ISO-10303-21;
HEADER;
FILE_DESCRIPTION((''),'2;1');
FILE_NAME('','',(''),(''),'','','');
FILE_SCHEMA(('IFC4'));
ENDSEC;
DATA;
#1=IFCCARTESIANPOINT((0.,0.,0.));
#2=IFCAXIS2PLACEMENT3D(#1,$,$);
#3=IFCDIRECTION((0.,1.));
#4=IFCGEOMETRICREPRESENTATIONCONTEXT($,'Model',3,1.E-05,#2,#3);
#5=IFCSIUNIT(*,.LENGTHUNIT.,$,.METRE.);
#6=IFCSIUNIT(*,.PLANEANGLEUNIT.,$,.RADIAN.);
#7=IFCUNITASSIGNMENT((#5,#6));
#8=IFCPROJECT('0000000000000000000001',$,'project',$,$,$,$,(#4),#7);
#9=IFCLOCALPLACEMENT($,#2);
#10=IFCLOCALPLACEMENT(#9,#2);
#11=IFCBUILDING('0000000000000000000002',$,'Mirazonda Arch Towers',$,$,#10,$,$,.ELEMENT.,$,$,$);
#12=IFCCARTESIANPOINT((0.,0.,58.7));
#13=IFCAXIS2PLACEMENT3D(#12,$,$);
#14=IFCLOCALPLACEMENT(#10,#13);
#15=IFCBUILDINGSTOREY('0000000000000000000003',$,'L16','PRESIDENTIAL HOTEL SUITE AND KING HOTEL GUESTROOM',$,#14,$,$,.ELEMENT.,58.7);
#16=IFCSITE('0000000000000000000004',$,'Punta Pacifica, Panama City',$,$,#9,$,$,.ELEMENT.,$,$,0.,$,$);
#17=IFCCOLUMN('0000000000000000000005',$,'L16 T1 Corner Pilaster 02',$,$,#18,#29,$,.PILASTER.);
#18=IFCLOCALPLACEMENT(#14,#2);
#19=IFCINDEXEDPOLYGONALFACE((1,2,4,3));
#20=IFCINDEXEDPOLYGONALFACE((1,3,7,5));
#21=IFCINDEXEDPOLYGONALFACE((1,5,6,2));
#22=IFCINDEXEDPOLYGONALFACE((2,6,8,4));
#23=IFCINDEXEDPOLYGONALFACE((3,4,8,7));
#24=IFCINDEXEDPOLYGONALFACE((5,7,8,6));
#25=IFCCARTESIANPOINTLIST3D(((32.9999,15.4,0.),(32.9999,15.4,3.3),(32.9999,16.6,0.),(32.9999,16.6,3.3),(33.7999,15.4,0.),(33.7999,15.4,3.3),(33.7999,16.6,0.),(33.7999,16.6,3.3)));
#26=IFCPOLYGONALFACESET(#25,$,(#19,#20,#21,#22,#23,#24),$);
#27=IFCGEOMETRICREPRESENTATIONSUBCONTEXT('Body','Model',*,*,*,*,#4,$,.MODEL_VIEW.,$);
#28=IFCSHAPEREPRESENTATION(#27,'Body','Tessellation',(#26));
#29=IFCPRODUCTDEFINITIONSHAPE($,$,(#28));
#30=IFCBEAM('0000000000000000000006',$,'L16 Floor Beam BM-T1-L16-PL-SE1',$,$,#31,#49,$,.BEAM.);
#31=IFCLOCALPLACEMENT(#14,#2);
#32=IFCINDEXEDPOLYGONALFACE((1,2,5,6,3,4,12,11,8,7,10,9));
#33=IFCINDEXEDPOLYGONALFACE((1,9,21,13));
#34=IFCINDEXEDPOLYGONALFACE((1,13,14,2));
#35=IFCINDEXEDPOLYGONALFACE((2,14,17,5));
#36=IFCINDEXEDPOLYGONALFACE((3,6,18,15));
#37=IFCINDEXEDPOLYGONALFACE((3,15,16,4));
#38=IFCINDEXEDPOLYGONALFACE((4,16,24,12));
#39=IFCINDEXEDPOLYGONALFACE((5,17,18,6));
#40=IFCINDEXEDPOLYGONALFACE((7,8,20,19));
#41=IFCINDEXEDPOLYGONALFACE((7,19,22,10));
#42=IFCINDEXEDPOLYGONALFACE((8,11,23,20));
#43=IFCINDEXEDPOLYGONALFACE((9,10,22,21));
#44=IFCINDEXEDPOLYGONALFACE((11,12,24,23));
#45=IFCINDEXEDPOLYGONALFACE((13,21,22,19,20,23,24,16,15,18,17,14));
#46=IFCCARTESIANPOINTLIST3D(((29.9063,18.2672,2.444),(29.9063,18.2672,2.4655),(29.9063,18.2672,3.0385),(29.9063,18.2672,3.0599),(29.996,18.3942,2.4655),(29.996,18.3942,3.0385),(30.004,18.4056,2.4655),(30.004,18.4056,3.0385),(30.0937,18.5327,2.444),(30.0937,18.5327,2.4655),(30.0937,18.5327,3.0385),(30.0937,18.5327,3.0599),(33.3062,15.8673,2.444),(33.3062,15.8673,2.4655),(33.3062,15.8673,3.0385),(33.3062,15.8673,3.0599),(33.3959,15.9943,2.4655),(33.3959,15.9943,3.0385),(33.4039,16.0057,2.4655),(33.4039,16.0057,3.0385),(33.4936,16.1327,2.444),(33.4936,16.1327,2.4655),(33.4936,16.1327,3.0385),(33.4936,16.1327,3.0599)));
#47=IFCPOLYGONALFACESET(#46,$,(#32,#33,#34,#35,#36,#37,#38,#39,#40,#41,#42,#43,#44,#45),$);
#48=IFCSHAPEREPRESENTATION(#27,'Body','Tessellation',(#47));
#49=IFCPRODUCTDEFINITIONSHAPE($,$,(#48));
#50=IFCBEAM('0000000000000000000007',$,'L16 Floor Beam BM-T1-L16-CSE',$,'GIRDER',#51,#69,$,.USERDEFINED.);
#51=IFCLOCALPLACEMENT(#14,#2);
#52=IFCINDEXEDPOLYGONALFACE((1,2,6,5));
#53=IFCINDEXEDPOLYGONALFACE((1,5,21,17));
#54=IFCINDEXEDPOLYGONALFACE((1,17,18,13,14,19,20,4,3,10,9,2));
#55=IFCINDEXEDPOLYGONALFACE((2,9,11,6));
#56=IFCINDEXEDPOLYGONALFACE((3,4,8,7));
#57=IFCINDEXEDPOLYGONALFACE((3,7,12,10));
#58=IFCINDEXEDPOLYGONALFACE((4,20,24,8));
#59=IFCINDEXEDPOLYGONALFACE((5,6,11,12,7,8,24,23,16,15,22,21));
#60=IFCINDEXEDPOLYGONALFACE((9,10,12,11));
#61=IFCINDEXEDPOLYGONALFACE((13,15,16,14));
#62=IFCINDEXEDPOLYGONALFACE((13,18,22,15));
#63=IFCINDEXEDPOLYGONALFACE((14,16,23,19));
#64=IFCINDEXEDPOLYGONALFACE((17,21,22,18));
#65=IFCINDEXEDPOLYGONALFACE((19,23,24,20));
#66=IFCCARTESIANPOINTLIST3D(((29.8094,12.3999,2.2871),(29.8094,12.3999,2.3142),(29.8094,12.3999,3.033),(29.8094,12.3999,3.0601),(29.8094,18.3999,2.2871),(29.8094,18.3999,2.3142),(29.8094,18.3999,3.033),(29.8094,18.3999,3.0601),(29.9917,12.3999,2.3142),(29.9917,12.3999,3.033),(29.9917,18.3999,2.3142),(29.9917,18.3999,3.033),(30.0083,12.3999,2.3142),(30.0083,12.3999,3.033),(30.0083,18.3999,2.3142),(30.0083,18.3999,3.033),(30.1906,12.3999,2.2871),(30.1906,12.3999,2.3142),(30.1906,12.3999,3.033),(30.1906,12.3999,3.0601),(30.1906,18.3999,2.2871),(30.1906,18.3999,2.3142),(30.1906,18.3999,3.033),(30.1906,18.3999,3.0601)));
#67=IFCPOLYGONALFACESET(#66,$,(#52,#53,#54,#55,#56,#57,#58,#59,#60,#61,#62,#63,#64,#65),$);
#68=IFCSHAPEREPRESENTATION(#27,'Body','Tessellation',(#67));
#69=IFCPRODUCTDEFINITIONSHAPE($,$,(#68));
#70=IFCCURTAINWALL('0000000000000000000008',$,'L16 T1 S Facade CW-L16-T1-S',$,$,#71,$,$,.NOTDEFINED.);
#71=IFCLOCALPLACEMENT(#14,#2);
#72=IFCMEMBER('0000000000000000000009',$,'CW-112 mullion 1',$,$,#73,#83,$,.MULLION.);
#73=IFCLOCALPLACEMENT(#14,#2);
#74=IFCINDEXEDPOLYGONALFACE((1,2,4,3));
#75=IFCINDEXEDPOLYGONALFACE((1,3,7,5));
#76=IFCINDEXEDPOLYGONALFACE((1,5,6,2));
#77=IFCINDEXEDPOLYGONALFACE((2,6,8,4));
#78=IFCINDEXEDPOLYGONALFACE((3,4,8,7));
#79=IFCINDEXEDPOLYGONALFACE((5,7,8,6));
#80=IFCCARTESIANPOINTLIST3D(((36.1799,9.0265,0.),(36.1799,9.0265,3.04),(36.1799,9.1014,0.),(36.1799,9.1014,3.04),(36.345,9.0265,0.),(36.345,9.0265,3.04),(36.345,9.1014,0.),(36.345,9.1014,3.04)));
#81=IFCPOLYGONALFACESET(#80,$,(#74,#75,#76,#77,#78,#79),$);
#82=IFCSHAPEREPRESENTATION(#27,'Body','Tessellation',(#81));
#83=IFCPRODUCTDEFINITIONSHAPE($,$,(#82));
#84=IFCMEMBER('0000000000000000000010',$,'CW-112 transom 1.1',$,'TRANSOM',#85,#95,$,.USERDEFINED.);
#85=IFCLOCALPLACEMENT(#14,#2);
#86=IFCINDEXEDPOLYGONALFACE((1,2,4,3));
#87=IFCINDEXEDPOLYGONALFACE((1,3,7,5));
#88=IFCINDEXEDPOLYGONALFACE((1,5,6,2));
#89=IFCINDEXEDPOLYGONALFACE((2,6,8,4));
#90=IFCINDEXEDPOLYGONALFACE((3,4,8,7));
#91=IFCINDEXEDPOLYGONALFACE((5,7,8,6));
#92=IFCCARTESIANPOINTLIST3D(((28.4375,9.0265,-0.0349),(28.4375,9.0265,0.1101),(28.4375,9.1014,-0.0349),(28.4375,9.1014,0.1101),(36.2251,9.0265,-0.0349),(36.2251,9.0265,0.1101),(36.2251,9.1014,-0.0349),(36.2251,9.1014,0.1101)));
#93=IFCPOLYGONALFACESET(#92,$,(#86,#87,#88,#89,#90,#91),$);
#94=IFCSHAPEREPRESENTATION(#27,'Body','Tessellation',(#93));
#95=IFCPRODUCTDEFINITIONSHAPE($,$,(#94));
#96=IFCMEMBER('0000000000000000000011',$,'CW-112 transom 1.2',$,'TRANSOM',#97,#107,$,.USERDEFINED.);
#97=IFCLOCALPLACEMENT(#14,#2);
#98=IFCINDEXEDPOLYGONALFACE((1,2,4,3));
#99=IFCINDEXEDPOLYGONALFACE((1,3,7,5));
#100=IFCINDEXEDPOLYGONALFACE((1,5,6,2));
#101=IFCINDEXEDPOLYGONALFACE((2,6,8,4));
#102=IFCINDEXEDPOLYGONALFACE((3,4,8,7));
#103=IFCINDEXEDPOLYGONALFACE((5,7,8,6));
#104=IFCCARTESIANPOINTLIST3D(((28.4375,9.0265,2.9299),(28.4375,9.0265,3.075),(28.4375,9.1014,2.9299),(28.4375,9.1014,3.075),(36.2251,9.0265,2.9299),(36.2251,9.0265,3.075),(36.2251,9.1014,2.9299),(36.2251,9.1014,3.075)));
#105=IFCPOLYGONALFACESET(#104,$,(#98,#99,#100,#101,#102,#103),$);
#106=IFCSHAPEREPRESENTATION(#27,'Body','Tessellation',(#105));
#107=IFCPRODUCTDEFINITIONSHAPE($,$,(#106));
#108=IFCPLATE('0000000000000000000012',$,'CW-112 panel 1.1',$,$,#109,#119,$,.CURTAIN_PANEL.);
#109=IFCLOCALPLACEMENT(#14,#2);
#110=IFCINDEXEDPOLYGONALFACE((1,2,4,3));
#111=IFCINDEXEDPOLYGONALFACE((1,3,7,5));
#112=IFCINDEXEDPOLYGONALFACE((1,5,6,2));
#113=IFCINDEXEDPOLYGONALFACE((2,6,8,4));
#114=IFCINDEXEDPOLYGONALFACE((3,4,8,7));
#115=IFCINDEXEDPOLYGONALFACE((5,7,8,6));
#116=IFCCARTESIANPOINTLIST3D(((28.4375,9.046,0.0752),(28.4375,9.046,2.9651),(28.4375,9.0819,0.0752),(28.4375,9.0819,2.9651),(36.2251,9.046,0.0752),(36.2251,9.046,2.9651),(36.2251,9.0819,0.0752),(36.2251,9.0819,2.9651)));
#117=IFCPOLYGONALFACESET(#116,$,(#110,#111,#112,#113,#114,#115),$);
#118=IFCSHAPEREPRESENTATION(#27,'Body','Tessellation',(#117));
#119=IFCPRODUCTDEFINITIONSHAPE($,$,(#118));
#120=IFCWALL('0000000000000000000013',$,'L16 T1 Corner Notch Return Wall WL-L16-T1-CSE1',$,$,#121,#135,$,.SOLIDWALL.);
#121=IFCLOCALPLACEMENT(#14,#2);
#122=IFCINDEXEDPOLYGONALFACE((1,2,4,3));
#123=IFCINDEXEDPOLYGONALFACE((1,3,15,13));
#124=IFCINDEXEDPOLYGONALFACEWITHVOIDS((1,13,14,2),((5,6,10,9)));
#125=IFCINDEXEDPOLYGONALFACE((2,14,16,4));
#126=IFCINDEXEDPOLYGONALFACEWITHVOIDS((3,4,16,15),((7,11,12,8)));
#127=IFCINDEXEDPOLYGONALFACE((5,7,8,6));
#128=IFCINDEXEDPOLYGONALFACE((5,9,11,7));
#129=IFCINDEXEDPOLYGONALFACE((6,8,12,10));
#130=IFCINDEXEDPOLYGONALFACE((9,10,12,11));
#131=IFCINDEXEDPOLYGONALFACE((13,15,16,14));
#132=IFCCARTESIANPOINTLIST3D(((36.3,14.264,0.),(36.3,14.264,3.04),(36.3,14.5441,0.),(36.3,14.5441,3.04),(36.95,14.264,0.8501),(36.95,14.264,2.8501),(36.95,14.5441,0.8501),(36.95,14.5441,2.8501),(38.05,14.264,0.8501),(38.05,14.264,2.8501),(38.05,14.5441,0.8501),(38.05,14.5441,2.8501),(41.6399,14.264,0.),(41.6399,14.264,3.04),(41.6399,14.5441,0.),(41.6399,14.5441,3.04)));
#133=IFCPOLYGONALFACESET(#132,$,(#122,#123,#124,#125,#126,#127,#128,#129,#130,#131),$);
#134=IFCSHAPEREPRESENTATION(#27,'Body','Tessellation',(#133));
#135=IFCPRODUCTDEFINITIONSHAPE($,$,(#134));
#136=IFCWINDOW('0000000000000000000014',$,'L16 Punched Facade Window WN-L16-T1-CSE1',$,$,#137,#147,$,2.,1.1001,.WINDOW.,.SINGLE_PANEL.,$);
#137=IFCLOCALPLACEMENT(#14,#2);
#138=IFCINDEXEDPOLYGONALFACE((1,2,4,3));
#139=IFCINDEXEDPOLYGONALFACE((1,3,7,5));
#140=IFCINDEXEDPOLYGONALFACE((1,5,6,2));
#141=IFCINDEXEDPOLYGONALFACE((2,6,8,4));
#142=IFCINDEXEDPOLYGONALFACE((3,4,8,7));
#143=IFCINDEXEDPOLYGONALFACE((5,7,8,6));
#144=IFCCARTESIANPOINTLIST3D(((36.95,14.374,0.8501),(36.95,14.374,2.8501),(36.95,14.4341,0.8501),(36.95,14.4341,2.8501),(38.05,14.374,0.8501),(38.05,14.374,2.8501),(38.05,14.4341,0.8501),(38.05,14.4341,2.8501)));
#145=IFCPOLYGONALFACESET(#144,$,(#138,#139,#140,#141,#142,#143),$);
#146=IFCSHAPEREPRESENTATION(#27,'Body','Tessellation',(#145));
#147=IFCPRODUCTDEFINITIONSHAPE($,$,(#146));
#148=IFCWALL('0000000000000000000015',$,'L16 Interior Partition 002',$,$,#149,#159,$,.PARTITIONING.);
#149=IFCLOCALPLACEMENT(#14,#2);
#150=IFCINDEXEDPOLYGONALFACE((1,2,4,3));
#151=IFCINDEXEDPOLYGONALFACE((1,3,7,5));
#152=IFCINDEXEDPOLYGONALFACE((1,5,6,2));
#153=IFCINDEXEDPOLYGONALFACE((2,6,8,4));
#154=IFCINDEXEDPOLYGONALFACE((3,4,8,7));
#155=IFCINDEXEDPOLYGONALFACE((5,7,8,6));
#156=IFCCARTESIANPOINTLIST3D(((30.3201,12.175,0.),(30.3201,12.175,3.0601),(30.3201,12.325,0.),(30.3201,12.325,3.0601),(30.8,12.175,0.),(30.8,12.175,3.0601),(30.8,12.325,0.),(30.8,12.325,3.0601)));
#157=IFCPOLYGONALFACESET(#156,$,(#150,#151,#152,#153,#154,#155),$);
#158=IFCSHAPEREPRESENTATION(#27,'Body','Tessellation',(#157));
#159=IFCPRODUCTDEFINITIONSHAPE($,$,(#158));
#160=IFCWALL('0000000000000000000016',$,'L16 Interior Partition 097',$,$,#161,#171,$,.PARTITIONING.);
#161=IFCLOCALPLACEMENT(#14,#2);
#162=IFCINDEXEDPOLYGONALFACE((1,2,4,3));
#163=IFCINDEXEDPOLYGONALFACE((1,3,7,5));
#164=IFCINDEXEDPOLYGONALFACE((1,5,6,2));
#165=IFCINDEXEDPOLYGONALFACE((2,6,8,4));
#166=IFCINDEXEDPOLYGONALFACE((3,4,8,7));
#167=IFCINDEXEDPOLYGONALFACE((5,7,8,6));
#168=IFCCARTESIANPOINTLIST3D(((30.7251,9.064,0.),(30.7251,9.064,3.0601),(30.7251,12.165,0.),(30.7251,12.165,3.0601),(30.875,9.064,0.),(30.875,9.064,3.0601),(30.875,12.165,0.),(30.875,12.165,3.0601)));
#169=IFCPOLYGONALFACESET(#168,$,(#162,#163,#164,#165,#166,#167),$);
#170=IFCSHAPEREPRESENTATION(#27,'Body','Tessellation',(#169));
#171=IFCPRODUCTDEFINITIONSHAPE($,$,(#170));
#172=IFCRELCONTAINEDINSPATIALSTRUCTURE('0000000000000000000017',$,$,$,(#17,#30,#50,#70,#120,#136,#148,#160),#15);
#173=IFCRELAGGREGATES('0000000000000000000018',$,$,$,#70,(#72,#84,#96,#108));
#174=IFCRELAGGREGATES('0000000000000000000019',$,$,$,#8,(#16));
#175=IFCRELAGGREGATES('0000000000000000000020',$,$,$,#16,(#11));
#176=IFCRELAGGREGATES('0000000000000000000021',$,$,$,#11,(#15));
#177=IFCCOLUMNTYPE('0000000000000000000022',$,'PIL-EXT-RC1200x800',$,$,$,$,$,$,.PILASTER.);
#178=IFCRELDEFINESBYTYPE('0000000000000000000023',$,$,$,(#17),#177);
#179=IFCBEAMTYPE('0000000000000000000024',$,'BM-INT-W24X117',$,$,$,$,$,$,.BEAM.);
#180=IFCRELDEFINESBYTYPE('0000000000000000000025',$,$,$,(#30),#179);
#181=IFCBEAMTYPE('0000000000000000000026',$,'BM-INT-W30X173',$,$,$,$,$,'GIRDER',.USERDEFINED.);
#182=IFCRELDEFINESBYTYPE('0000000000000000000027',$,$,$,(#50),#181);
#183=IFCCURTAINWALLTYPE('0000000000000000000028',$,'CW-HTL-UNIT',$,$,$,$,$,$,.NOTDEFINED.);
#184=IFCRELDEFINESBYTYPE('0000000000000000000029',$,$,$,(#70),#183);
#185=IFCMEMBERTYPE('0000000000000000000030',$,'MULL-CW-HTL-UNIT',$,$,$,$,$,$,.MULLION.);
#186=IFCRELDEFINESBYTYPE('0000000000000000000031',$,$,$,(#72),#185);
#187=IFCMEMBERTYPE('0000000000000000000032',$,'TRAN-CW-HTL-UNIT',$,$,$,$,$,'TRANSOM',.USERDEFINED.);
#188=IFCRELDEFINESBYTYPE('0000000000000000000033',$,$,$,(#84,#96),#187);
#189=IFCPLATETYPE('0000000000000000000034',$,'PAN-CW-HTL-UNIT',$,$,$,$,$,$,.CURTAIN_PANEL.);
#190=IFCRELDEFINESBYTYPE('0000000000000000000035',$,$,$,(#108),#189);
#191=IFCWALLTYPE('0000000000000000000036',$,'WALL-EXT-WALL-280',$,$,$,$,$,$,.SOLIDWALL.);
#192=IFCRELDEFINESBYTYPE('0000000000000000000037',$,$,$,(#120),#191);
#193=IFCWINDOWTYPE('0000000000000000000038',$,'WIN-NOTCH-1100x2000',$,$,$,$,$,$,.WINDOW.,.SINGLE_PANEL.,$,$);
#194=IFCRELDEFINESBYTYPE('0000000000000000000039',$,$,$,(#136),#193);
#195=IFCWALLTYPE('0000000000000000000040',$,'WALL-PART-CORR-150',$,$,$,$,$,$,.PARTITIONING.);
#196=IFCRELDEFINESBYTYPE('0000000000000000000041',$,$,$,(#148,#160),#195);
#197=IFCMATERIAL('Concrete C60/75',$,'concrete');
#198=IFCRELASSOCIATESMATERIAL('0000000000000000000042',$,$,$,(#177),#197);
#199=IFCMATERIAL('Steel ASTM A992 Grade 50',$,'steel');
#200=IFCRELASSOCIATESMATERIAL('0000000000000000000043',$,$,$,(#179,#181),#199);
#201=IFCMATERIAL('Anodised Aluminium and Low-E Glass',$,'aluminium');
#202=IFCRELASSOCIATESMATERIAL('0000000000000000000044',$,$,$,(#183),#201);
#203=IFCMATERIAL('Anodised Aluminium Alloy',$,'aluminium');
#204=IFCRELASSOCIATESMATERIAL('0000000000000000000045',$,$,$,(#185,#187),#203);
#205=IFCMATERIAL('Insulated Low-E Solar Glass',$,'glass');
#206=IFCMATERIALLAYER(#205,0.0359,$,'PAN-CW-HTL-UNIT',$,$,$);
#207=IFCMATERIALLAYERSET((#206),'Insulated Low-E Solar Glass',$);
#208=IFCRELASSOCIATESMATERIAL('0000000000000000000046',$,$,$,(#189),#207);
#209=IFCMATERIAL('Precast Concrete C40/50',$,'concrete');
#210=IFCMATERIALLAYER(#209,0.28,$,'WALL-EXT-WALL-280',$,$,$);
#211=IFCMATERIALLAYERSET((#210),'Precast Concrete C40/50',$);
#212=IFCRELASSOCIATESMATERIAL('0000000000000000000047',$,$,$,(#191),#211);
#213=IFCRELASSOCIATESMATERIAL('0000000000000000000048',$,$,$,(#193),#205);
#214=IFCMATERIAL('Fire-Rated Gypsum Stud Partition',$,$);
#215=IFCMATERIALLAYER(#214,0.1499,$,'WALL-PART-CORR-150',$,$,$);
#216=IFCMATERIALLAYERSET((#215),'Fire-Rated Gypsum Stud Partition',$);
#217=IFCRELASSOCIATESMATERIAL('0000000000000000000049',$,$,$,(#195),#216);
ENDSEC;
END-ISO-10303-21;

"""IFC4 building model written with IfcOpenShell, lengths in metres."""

from ifc_helpers import new_model, si_unit, direction, frame, frame_2d, origin, origin_2d, place, context, subcontext, project, spatial, rectangle, i_section, extrude, material, layer, layer_set, material_profile, profile_set, type_object, element, fill, aggregate, save


model = new_model("IFC4")

# Units and contexts
model_context = context("Model", 3, precision=1e-05, world=origin(), true_north=direction((0.0, 1.0)))
body_context = subcontext(model_context, "Body", "Model", "MODEL_VIEW")
ifc_project = project(units=[si_unit("LENGTHUNIT", "METRE"), si_unit("PLANEANGLEUNIT", "RADIAN")], contexts=[model_context])

# Site, building, storey
site_placement = place(None, origin())
site = spatial("IfcSite", under=ifc_project, at=site_placement, Name="Punta Pacifica, Panama City", CompositionType="ELEMENT", RefElevation=0.0)
building_placement = place(site_placement, origin())
building = spatial("IfcBuilding", under=site, at=building_placement, Name="Mirazonda Arch Towers", CompositionType="ELEMENT")
storey_placement = place(building_placement, frame((0.0, 0.0, 58.7)))
storey = spatial("IfcBuildingStorey", under=building, at=storey_placement, Name="L16", Description="PRESIDENTIAL HOTEL SUITE AND KING HOTEL GUESTROOM", CompositionType="ELEMENT", Elevation=58.7)

# Column
ifc_material_1 = material(Name="Concrete C60/75", Category="concrete")
ifc_material_profile_1 = material_profile(ifc_material_1, rectangle(XDim=0.8, YDim=1.2, at=origin_2d()), Name="RC1200x800")
ifc_profile_set_1 = profile_set([ifc_material_profile_1], Name="Concrete C60/75")
column_type = type_object("IfcColumnType", Name="PIL-EXT-RC1200x800", PredefinedType="PILASTER", material=ifc_profile_set_1)
column_placement = place(storey_placement, frame((33.3999, 16.0, 0.0), z_axis=(0.0, 0.0, 1.0), x_axis=(1.0, 0.0, 0.0)))
element("IfcColumn", 1, at=column_placement, inside=storey, type_object=column_type, Name="L16 T1 Corner Pilaster 02", PredefinedType="PILASTER", context=body_context, shape_type="SweptSolid", body=[
    extrude(rectangle(XDim=0.8, YDim=1.2, at=origin_2d()), origin(), (0.0, 0.0, 1.0), 3.3),
])

# Beams
ifc_material_2 = material(Name="Steel ASTM A992 Grade 50", Category="steel")
ifc_material_profile_2 = material_profile(ifc_material_2, i_section(OverallWidth=0.325, OverallDepth=0.616, WebThickness=0.0139, FlangeThickness=0.0215, at=origin_2d()), Name="W24X117")
ifc_profile_set_2 = profile_set([ifc_material_profile_2], Name="Steel ASTM A992 Grade 50")
beam_type_1 = type_object("IfcBeamType", Name="BM-INT-W24X117", PredefinedType="BEAM", material=ifc_profile_set_2)
beam_1_placement = place(storey_placement, frame((33.3999, 16.0, 2.752), z_axis=(-0.816971, 0.576679, 0.0), x_axis=(-0.576679, -0.816971, 0.0)))
element("IfcBeam", 2, at=beam_1_placement, inside=storey, type_object=beam_type_1, Name="L16 Floor Beam BM-T1-L16-PL-SE1", PredefinedType="BEAM", context=body_context, shape_type="SweptSolid", body=[
    extrude(i_section(OverallWidth=0.325, OverallDepth=0.616, WebThickness=0.0139, FlangeThickness=0.0215, at=origin_2d()), origin(), (0.0, 0.0, 1.0), 4.1616),
])
ifc_material_profile_3 = material_profile(ifc_material_2, i_section(OverallWidth=0.3811, OverallDepth=0.7729, WebThickness=0.0166, FlangeThickness=0.0271, at=origin_2d()), Name="W30X173")
ifc_profile_set_3 = profile_set([ifc_material_profile_3], Name="Steel ASTM A992 Grade 50")
beam_type_2 = type_object("IfcBeamType", Name="BM-INT-W30X173", ElementType="GIRDER", PredefinedType="USERDEFINED", material=ifc_profile_set_3)
beam_2_placement = place(storey_placement, frame((30.0, 12.3999, 2.6736), z_axis=(0.0, 1.0, 0.0), x_axis=(-1.0, 0.0, 0.0)))
element("IfcBeam", 3, at=beam_2_placement, inside=storey, type_object=beam_type_2, Name="L16 Floor Beam BM-T1-L16-CSE", ObjectType="GIRDER", PredefinedType="USERDEFINED", context=body_context, shape_type="SweptSolid", body=[
    extrude(i_section(OverallWidth=0.3811, OverallDepth=0.7729, WebThickness=0.0166, FlangeThickness=0.0271, at=origin_2d()), origin(), (0.0, 0.0, 1.0), 6.0),
])

# Curtain wall, members, plate
ifc_material_3 = material(Name="Anodised Aluminium and Low-E Glass", Category="aluminium")
curtain_wall_type = type_object("IfcCurtainWallType", Name="CW-HTL-UNIT", PredefinedType="NOTDEFINED", material=ifc_material_3)
curtain_wall_placement = place(storey_placement, origin())
curtain_wall = element("IfcCurtainWall", 4, at=curtain_wall_placement, inside=storey, type_object=curtain_wall_type, Name="L16 T1 S Facade CW-L16-T1-S", PredefinedType="NOTDEFINED")
ifc_material_4 = material(Name="Anodised Aluminium Alloy", Category="aluminium")
ifc_material_profile_4 = material_profile(ifc_material_4, rectangle(XDim=0.075, YDim=0.165, at=origin_2d()), Name="ALU-MULL-75x165")
ifc_profile_set_4 = profile_set([ifc_material_profile_4], Name="Anodised Aluminium Alloy")
member_type_1 = type_object("IfcMemberType", Name="MULL-CW-HTL-UNIT", PredefinedType="MULLION", material=ifc_profile_set_4)
member_1_placement = place(storey_placement, frame((36.2625, 9.064, 0.0), z_axis=(0.0, 0.0, 1.0), x_axis=(0.0, -1.0, 0.0)))
member_1 = element("IfcMember", 5, at=member_1_placement, type_object=member_type_1, Name="CW-112 mullion 1", PredefinedType="MULLION", context=body_context, shape_type="SweptSolid", body=[
    extrude(rectangle(XDim=0.075, YDim=0.165, at=origin_2d()), origin(), (0.0, 0.0, 1.0), 3.04),
])
ifc_material_profile_5 = material_profile(ifc_material_4, rectangle(XDim=0.075, YDim=0.145, at=origin_2d()), Name="ALU-TRAN-75x145")
ifc_profile_set_5 = profile_set([ifc_material_profile_5], Name="Anodised Aluminium Alloy")
member_type_2 = type_object("IfcMemberType", Name="TRAN-CW-HTL-UNIT", ElementType="TRANSOM", PredefinedType="USERDEFINED", material=ifc_profile_set_5)
member_2_placement = place(storey_placement, frame((36.2251, 9.064, 0.0376), z_axis=(-1.0, 0.0, 0.0), x_axis=(0.0, -1.0, 0.0)))
member_2 = element("IfcMember", 6, at=member_2_placement, type_object=member_type_2, Name="CW-112 transom 1.1", ObjectType="TRANSOM", PredefinedType="USERDEFINED", context=body_context, shape_type="SweptSolid", body=[
    extrude(rectangle(XDim=0.075, YDim=0.145, at=origin_2d()), origin(), (0.0, 0.0, 1.0), 7.7876),
])
member_3_placement = place(storey_placement, frame((36.2251, 9.064, 3.0024), z_axis=(-1.0, 0.0, 0.0), x_axis=(0.0, -1.0, 0.0)))
member_3 = element("IfcMember", 7, at=member_3_placement, type_object=member_type_2, Name="CW-112 transom 1.2", ObjectType="TRANSOM", PredefinedType="USERDEFINED", context=body_context, shape_type="SweptSolid", body=[
    extrude(rectangle(XDim=0.075, YDim=0.145, at=origin_2d()), origin(), (0.0, 0.0, 1.0), 7.7876),
])
ifc_material_5 = material(Name="Insulated Low-E Solar Glass", Category="glass")
ifc_layer_1 = layer(ifc_material_5, 0.0359, Name="PAN-CW-HTL-UNIT")
ifc_layer_set_1 = layer_set([ifc_layer_1], Name="Insulated Low-E Solar Glass")
plate_type = type_object("IfcPlateType", Name="PAN-CW-HTL-UNIT", PredefinedType="CURTAIN_PANEL", material=ifc_layer_set_1)
plate_placement = place(storey_placement, frame((32.3313, 9.064, 0.0752), z_axis=(0.0, 0.0, 1.0), x_axis=(-1.0, 0.0, 0.0)))
plate = element("IfcPlate", 8, at=plate_placement, type_object=plate_type, Name="CW-112 panel 1.1", PredefinedType="CURTAIN_PANEL", context=body_context, shape_type="SweptSolid", body=[
    extrude(rectangle(XDim=7.7876, YDim=0.0359, at=origin_2d()), origin(), (0.0, 0.0, 1.0), 2.8899),
])
aggregate(curtain_wall, [member_1, member_2, member_3, plate])

# Wall, opening, window
ifc_material_6 = material(Name="Precast Concrete C40/50", Category="concrete")
ifc_layer_2 = layer(ifc_material_6, 0.28, Name="WALL-EXT-WALL-280")
ifc_layer_set_2 = layer_set([ifc_layer_2], Name="Precast Concrete C40/50")
wall_type_1 = type_object("IfcWallType", Name="WALL-EXT-WALL-280", PredefinedType="SOLIDWALL", material=ifc_layer_set_2)
wall_1_placement = place(storey_placement, frame((36.3, 14.4041, 0.0), z_axis=(0.0, 0.0, 1.0), x_axis=(1.0, 0.0, 0.0)))
wall_1 = element("IfcWall", 9, at=wall_1_placement, inside=storey, type_object=wall_type_1, Name="L16 T1 Corner Notch Return Wall WL-L16-T1-CSE1", PredefinedType="SOLIDWALL", context=body_context, shape_type="SweptSolid", body=[
    extrude(rectangle(XDim=5.3398, YDim=0.28, at=frame_2d((2.6699, 0.0))), origin(), (0.0, 0.0, 1.0), 3.04),
])
opening_1_placement = place(wall_1_placement, frame((0.6499, 0.0, 0.8501)))
opening_1 = element("IfcOpeningElement", 10, at=opening_1_placement, cuts=wall_1, PredefinedType="OPENING", context=body_context, shape_type="SweptSolid", body=[
    extrude(rectangle(XDim=1.1001, YDim=2.0, at=frame_2d((0.55, 1.0))), frame((0.0, 0.1499, 0.0), z_axis=(0.0, -1.0, 0.0), x_axis=(1.0, 0.0, 0.0)), (0.0, 0.0, 1.0), 0.3),
])
window_type = type_object("IfcWindowType", Name="WIN-NOTCH-1100x2000", PartitioningType="SINGLE_PANEL", PredefinedType="WINDOW", material=ifc_material_5)
window_placement = place(opening_1_placement, origin())
window = element("IfcWindow", 11, at=window_placement, inside=storey, type_object=window_type, Name="L16 Punched Facade Window WN-L16-T1-CSE1", OverallHeight=2.0, OverallWidth=1.1001, PartitioningType="SINGLE_PANEL", PredefinedType="WINDOW", context=body_context, shape_type="SweptSolid", body=[
    extrude(rectangle(XDim=1.1001, YDim=2.0, at=frame_2d((0.55, 1.0))), frame((0.0, 0.03, 0.0), z_axis=(0.0, -1.0, 0.0), x_axis=(1.0, 0.0, 0.0)), (0.0, 0.0, 1.0), 0.0601),
])
fill(opening_1, window)

# Walls
ifc_material_7 = material(Name="Fire-Rated Gypsum Stud Partition")
ifc_layer_3 = layer(ifc_material_7, 0.1499, Name="WALL-PART-CORR-150")
ifc_layer_set_3 = layer_set([ifc_layer_3], Name="Fire-Rated Gypsum Stud Partition")
wall_type_2 = type_object("IfcWallType", Name="WALL-PART-CORR-150", PredefinedType="PARTITIONING", material=ifc_layer_set_3)
wall_2_placement = place(storey_placement, frame((30.3201, 12.25, 0.0), z_axis=(0.0, 0.0, 1.0), x_axis=(1.0, 0.0, 0.0)))
element("IfcWall", 12, at=wall_2_placement, inside=storey, type_object=wall_type_2, Name="L16 Interior Partition 002", PredefinedType="PARTITIONING", context=body_context, shape_type="SweptSolid", body=[
    extrude(rectangle(XDim=0.48, YDim=0.1499, at=frame_2d((0.24, 0.0))), origin(), (0.0, 0.0, 1.0), 3.0601),
])
wall_3_placement = place(storey_placement, frame((30.8, 9.064, 0.0), z_axis=(0.0, 0.0, 1.0), x_axis=(0.0, 1.0, 0.0)))
element("IfcWall", 13, at=wall_3_placement, inside=storey, type_object=wall_type_2, Name="L16 Interior Partition 097", PredefinedType="PARTITIONING", context=body_context, shape_type="SweptSolid", body=[
    extrude(rectangle(XDim=3.1011, YDim=0.1499, at=frame_2d((1.5505, 0.0))), origin(), (0.0, 0.0, 1.0), 3.0601),
])

save(model, "model.ifc")
